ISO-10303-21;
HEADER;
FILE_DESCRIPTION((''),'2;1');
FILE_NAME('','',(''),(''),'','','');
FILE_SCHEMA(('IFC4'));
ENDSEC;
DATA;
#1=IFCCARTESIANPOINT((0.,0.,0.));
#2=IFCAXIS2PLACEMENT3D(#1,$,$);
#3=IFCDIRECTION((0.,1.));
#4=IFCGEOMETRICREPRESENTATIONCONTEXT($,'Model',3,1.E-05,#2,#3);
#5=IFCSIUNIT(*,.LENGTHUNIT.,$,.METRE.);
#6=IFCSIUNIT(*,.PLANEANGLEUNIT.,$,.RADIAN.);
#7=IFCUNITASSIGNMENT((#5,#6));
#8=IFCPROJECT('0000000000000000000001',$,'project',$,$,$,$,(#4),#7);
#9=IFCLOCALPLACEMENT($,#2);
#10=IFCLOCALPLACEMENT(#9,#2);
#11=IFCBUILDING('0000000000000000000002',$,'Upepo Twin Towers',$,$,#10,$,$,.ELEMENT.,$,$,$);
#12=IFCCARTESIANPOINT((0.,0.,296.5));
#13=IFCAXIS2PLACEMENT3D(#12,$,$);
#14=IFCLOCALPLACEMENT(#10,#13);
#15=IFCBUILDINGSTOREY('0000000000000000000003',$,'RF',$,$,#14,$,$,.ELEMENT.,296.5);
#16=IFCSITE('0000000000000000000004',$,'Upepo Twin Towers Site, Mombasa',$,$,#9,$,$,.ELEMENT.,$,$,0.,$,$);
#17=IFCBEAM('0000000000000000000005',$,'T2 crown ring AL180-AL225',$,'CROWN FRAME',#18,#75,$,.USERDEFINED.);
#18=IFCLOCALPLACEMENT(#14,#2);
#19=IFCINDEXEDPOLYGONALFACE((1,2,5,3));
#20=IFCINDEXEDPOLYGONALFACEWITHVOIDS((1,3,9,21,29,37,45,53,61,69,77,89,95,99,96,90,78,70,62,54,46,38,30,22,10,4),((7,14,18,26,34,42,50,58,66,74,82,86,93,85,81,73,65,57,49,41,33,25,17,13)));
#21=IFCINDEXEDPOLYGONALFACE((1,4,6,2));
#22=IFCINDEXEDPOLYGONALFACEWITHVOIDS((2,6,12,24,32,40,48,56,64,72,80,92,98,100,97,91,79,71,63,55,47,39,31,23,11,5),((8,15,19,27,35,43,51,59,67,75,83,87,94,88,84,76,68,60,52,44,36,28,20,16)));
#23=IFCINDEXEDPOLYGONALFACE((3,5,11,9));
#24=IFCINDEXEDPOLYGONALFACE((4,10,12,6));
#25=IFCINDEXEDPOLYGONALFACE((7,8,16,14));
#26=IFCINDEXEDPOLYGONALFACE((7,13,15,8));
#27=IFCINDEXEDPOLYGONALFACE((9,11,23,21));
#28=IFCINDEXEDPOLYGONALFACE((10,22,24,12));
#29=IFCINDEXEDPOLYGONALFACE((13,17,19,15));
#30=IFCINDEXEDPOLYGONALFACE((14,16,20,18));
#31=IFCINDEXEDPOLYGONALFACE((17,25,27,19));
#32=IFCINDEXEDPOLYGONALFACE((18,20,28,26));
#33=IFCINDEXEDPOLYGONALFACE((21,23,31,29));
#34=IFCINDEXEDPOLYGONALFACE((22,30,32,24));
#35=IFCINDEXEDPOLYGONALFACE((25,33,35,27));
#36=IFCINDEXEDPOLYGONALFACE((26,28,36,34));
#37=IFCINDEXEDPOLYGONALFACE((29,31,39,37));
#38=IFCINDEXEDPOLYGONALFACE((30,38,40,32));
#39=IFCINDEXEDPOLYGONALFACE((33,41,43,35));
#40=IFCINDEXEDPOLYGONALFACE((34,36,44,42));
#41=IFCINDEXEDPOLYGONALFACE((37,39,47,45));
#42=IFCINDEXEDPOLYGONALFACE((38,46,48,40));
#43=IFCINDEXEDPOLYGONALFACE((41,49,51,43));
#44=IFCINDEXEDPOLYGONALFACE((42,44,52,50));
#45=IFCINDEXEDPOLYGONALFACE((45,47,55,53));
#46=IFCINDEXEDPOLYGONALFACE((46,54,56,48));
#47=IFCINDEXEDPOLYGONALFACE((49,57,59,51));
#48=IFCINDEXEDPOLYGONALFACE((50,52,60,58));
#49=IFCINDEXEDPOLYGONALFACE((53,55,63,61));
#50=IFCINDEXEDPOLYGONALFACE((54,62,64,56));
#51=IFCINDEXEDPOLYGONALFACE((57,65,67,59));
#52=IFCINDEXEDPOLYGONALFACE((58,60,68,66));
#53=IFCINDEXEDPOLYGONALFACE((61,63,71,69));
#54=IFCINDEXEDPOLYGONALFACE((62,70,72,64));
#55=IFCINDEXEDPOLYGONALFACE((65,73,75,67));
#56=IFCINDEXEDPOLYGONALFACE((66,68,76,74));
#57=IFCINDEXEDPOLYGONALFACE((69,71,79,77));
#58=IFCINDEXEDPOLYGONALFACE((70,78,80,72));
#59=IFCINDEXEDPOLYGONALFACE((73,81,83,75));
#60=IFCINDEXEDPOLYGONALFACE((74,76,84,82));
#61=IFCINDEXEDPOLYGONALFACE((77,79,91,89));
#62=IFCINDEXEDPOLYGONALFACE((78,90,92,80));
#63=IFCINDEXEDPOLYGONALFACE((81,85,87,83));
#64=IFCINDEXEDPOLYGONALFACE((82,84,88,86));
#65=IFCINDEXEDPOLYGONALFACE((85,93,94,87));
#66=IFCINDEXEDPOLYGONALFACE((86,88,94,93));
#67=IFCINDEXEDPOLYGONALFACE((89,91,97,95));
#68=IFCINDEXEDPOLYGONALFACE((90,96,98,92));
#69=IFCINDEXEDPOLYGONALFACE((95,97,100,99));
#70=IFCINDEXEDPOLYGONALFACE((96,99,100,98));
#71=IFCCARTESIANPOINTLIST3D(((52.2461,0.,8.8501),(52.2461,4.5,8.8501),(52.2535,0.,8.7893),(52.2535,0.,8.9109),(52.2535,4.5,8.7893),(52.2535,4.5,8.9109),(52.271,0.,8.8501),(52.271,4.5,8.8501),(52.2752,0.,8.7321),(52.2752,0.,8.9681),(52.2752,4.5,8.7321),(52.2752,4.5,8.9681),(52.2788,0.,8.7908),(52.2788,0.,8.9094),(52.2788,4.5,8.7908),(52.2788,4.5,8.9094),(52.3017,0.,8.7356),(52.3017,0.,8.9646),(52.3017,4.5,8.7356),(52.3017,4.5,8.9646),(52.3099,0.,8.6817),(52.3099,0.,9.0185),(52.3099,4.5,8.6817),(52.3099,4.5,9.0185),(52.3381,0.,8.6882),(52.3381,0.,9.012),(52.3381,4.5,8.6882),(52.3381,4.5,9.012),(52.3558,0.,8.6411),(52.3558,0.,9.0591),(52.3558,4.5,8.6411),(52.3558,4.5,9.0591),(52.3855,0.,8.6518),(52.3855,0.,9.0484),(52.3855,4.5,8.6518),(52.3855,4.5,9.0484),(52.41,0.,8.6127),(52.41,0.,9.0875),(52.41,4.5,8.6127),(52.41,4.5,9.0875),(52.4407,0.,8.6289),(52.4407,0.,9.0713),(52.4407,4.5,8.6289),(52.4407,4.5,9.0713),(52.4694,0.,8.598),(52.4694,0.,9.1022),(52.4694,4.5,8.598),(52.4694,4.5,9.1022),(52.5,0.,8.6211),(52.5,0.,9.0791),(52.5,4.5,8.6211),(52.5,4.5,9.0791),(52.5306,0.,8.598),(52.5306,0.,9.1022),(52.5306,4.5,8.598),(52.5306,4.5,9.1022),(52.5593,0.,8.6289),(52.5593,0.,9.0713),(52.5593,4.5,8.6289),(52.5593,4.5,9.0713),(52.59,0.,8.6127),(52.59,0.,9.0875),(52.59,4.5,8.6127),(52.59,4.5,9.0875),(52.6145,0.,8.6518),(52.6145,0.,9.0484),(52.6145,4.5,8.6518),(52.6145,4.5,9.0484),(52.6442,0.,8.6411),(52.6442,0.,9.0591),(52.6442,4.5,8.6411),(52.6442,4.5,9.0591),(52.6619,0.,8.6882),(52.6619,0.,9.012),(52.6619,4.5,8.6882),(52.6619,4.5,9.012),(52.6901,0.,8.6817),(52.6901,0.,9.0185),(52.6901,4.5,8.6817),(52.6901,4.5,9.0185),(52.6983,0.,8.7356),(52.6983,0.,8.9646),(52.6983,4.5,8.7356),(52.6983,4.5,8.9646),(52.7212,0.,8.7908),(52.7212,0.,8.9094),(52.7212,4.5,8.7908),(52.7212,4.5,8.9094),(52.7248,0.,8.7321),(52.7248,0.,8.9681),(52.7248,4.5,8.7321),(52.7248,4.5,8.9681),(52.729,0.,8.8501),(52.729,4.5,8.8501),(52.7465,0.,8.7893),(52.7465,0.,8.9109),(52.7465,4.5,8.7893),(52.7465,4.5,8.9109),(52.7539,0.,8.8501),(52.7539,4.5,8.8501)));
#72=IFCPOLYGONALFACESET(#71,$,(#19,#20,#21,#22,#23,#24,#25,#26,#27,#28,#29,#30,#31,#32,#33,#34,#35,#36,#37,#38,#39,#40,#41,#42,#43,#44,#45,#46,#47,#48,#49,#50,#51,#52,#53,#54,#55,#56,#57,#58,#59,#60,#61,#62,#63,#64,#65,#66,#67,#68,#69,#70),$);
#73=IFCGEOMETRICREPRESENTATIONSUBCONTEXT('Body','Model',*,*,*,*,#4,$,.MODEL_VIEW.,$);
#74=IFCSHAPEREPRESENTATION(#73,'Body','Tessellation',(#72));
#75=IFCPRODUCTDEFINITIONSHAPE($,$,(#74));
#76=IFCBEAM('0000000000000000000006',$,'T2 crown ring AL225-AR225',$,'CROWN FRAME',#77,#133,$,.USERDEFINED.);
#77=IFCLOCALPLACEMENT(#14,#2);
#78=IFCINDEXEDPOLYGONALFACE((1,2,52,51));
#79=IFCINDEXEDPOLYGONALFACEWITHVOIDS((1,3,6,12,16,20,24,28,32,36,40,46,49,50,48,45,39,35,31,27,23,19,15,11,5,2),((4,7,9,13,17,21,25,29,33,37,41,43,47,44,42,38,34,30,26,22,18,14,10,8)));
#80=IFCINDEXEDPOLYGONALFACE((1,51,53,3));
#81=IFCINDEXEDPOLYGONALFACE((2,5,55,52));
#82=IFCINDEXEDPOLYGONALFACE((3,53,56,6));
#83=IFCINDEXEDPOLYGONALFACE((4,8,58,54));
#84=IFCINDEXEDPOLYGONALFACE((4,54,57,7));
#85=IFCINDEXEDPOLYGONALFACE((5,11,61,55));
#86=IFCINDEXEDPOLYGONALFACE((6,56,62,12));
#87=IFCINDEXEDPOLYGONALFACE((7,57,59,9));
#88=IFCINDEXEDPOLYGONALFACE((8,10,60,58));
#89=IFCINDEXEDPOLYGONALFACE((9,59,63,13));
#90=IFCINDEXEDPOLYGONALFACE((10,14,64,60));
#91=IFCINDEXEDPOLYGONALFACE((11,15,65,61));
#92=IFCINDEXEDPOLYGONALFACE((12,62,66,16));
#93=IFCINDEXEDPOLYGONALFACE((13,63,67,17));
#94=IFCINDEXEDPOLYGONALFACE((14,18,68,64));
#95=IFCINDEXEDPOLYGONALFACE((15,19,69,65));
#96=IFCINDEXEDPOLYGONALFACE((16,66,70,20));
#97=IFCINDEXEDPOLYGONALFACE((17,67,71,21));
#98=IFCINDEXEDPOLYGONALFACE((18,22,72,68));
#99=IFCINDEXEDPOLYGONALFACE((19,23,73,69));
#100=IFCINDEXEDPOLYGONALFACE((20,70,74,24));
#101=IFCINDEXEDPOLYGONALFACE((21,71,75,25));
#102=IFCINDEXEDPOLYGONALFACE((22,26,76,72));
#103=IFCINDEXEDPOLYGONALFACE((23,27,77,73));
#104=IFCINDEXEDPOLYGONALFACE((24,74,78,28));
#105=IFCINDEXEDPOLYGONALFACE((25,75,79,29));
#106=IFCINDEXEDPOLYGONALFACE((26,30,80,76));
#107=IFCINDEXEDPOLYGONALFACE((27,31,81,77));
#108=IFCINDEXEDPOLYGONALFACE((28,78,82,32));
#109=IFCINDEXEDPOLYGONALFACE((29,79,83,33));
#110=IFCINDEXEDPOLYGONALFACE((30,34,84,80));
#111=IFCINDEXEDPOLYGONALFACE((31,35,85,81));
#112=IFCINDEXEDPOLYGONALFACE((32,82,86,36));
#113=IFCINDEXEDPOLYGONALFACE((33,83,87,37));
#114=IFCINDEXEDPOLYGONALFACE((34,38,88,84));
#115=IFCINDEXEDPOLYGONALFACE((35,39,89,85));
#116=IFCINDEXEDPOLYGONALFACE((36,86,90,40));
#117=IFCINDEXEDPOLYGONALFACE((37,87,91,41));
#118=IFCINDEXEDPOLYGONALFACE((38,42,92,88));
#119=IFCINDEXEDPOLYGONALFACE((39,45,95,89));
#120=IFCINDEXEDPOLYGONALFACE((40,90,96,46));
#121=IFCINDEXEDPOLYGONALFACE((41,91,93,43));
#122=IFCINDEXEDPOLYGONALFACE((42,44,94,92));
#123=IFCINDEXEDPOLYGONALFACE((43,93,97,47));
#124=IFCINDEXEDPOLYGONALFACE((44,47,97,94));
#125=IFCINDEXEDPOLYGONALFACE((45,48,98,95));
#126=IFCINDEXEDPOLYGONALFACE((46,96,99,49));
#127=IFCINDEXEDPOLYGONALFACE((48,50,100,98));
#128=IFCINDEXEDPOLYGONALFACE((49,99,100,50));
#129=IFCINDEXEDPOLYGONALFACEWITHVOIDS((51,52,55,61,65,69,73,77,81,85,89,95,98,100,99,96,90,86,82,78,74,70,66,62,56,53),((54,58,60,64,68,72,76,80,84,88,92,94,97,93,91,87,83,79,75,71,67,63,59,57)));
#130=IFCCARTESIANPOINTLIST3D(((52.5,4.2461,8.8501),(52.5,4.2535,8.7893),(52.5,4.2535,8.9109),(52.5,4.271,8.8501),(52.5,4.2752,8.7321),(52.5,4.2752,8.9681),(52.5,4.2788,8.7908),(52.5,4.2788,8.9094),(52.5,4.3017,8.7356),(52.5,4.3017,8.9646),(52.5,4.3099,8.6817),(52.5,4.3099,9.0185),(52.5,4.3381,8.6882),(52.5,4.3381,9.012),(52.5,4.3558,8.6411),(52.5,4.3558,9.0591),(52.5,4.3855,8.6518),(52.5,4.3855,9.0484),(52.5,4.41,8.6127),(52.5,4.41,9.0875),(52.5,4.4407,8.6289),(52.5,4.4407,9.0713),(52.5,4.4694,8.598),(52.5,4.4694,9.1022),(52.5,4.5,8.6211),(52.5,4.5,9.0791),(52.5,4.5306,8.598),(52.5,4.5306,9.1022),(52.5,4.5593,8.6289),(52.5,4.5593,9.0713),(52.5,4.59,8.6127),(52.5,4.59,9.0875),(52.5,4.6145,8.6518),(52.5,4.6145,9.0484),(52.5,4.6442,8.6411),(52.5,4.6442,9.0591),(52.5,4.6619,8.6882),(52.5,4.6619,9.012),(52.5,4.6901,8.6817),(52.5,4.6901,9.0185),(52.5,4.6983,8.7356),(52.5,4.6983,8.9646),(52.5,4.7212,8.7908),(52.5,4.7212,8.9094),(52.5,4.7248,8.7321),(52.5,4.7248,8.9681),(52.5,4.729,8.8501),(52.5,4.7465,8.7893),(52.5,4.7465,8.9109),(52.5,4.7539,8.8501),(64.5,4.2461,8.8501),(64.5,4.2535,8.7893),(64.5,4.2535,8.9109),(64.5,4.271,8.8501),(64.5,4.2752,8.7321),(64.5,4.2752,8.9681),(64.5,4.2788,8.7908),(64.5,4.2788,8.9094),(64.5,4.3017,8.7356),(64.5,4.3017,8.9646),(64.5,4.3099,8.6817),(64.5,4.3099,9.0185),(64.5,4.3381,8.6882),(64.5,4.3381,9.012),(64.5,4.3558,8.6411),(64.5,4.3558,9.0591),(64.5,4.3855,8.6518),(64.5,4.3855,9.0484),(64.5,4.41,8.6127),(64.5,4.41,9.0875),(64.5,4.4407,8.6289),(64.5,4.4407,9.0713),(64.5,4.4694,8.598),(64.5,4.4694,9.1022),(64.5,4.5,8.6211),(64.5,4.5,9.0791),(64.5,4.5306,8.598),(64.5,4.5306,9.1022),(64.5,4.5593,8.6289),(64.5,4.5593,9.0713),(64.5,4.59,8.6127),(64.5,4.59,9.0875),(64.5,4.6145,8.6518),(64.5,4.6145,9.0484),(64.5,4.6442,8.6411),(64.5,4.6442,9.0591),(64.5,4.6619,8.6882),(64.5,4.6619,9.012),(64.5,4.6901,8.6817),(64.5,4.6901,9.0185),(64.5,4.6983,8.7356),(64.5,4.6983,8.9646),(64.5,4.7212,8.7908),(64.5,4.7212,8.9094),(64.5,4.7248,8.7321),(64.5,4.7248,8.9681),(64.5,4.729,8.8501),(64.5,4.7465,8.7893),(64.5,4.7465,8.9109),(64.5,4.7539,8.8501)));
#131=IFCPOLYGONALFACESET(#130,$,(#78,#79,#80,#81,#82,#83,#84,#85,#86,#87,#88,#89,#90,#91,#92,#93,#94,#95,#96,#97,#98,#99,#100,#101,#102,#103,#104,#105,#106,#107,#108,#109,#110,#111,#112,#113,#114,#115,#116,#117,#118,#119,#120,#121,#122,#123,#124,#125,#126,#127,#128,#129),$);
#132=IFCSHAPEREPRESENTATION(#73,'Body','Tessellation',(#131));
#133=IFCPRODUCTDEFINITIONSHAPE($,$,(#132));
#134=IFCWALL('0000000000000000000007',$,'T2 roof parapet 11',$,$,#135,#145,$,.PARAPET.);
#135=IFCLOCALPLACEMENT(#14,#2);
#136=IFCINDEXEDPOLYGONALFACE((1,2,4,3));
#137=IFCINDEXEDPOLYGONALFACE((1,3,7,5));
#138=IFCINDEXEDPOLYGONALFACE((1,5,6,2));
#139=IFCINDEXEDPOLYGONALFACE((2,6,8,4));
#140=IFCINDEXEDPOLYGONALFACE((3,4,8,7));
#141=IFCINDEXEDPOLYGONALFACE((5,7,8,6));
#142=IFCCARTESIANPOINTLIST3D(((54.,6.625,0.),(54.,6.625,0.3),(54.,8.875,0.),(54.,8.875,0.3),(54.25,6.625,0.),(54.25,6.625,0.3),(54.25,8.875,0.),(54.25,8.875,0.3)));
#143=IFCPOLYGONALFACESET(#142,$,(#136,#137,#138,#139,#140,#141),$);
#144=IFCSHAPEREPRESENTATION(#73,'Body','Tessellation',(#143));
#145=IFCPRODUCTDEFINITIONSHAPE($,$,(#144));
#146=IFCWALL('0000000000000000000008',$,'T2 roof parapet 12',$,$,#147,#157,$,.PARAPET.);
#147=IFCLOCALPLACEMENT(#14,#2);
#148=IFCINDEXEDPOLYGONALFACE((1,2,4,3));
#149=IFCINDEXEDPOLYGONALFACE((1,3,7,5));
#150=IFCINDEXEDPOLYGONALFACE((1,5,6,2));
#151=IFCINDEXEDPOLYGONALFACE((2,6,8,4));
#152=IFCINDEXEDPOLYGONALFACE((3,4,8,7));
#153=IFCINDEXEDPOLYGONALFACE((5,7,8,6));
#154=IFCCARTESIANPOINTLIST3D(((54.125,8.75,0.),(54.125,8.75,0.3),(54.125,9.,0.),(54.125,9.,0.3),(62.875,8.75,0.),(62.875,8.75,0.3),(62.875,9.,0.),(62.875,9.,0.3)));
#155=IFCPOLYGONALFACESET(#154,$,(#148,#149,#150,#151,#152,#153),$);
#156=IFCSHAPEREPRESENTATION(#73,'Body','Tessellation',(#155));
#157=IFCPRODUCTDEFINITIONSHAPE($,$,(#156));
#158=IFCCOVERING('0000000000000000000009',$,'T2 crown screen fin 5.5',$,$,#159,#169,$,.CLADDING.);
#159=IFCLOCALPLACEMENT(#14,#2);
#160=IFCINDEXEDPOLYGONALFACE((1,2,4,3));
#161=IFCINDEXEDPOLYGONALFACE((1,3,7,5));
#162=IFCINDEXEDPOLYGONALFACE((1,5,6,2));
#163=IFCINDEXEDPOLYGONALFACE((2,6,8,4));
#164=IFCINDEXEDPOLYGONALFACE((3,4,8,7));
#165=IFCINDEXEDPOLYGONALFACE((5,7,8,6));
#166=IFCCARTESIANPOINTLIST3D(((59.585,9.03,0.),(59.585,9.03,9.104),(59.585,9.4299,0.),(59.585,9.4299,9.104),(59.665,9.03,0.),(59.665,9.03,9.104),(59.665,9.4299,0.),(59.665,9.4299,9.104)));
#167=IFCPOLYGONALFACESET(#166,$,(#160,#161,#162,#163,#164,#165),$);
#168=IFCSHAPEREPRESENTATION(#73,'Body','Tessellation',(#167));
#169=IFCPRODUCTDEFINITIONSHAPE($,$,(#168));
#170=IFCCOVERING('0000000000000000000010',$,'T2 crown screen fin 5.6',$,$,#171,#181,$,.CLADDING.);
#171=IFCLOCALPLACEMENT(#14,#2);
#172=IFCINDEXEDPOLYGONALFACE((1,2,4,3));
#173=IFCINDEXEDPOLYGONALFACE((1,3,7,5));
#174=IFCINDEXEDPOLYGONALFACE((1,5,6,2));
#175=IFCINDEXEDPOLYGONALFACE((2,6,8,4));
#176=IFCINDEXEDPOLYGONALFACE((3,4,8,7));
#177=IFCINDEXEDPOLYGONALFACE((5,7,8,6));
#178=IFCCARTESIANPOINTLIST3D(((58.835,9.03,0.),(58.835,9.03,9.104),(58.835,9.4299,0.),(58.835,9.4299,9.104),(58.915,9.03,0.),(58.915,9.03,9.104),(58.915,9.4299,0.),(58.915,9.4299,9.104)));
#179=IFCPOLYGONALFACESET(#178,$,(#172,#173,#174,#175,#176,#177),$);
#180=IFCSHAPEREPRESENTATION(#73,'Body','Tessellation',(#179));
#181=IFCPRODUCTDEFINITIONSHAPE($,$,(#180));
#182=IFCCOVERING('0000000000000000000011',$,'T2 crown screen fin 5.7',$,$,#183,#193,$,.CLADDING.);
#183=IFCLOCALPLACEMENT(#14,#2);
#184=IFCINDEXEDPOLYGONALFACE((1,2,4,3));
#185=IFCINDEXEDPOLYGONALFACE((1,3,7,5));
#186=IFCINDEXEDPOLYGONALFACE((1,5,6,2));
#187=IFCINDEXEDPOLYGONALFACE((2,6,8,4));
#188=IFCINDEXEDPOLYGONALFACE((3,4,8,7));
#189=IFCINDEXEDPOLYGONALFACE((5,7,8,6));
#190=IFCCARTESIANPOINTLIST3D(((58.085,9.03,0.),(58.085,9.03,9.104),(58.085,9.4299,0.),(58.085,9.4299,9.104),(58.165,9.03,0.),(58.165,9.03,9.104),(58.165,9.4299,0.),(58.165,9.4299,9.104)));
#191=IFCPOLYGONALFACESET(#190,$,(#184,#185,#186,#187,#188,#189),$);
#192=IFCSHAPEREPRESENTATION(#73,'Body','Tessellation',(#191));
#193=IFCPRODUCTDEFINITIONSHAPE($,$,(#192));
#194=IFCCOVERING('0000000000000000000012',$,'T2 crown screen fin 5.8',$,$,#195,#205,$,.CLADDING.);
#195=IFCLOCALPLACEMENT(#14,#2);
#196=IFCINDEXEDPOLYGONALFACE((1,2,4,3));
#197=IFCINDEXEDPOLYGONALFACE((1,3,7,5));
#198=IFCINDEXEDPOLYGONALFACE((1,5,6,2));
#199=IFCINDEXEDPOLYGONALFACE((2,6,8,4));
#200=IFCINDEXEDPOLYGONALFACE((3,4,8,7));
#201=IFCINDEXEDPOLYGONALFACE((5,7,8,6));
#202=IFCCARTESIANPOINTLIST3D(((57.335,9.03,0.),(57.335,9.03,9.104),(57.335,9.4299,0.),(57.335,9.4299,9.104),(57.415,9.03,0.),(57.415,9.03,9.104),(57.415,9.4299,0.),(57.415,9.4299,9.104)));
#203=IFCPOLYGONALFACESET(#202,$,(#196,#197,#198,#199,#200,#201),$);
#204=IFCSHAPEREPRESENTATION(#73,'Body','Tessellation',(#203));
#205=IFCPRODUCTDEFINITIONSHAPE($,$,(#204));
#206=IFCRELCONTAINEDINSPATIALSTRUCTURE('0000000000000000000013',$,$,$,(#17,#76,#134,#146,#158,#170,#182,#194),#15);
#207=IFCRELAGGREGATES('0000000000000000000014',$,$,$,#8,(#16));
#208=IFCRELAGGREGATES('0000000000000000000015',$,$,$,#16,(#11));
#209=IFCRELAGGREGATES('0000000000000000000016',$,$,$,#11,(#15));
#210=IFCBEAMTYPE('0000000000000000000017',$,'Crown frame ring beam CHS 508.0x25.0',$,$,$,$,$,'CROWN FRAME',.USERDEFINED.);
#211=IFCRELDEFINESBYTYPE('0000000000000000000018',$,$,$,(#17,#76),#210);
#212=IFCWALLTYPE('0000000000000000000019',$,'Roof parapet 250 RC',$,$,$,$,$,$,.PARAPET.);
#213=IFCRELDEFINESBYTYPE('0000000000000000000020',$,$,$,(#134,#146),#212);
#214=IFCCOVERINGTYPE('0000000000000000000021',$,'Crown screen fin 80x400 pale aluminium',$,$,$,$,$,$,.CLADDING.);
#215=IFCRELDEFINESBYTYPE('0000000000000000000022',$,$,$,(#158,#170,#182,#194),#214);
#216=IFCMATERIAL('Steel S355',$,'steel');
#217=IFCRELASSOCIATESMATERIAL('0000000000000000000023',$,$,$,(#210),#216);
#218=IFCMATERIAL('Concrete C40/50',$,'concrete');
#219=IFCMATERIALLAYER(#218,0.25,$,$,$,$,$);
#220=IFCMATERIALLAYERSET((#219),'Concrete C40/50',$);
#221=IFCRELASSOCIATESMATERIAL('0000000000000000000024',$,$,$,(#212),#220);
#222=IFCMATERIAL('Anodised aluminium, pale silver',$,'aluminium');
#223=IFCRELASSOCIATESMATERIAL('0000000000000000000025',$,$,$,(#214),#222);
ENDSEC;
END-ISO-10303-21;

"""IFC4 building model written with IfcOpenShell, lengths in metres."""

from ifc_helpers import new_model, si_unit, direction, frame, frame_2d, origin, origin_2d, place, context, subcontext, project, spatial, rectangle, hollow_circle, extrude, material, layer, layer_set, material_profile, profile_set, type_object, element, save


model = new_model("IFC4")

# Units and contexts
model_context = context("Model", 3, precision=1e-05, world=origin(), true_north=direction((0.0, 1.0)))
body_context = subcontext(model_context, "Body", "Model", "MODEL_VIEW")
ifc_project = project(units=[si_unit("LENGTHUNIT", "METRE"), si_unit("PLANEANGLEUNIT", "RADIAN")], contexts=[model_context])

# Site, building, storey
site_placement = place(None, origin())
site = spatial("IfcSite", under=ifc_project, at=site_placement, Name="Upepo Twin Towers Site, Mombasa", CompositionType="ELEMENT", RefElevation=0.0)
building_placement = place(site_placement, origin())
building = spatial("IfcBuilding", under=site, at=building_placement, Name="Upepo Twin Towers", CompositionType="ELEMENT")
storey_placement = place(building_placement, frame((0.0, 0.0, 296.5)))
storey = spatial("IfcBuildingStorey", under=building, at=storey_placement, Name="RF", CompositionType="ELEMENT", Elevation=296.5)

# Beams
ifc_material_1 = material(Name="Steel S355", Category="steel")
ifc_material_profile_1 = material_profile(ifc_material_1, hollow_circle(Radius=0.2539, WallThickness=0.0249, at=origin_2d()), Name="CHS 508.0x25.0")
ifc_profile_set_1 = profile_set([ifc_material_profile_1], Name="Steel S355")
beam_type = type_object("IfcBeamType", Name="Crown frame ring beam CHS 508.0x25.0", ElementType="CROWN FRAME", PredefinedType="USERDEFINED", material=ifc_profile_set_1)
for number, where, z_axis, x_axis, name in (
    (1, (52.5, 0.0, 8.8501), (0.0, 1.0, 0.0), (-1.0, 0.0, 0.0), "T2 crown ring AL180-AL225"),
):
    element("IfcBeam", number, at=place(storey_placement, frame(where, z_axis=z_axis, x_axis=x_axis)), inside=storey, type_object=beam_type, Name=name, ObjectType="CROWN FRAME", PredefinedType="USERDEFINED", context=body_context, shape_type="SweptSolid", body=[
        extrude(hollow_circle(Radius=0.2539, WallThickness=0.0249, at=origin_2d()), origin(), (0.0, 0.0, 1.0), 4.5),
    ])
beam_placement = place(storey_placement, frame((52.5, 4.5, 8.8501), z_axis=(1.0, 0.0, 0.0), x_axis=(0.0, 1.0, 0.0)))
element("IfcBeam", 2, at=beam_placement, inside=storey, type_object=beam_type, Name="T2 crown ring AL225-AR225", ObjectType="CROWN FRAME", PredefinedType="USERDEFINED", context=body_context, shape_type="SweptSolid", body=[
    extrude(hollow_circle(Radius=0.2539, WallThickness=0.0249, at=origin_2d()), origin(), (0.0, 0.0, 1.0), 12.0),
])

# Walls
ifc_material_2 = material(Name="Concrete C40/50", Category="concrete")
ifc_layer_1 = layer(ifc_material_2, 0.25)
ifc_layer_set_1 = layer_set([ifc_layer_1], Name="Concrete C40/50")
wall_type = type_object("IfcWallType", Name="Roof parapet 250 RC", PredefinedType="PARAPET", material=ifc_layer_set_1)
wall_1_placement = place(storey_placement, frame((54.125, 6.625, 0.0), z_axis=(0.0, 0.0, 1.0), x_axis=(0.0, 1.0, 0.0)))
element("IfcWall", 3, at=wall_1_placement, inside=storey, type_object=wall_type, Name="T2 roof parapet 11", PredefinedType="PARAPET", context=body_context, shape_type="SweptSolid", body=[
    extrude(rectangle(XDim=2.25, YDim=0.25, at=frame_2d((1.125, 0.0))), origin(), (0.0, 0.0, 1.0), 0.3),
])
wall_2_placement = place(storey_placement, frame((54.125, 8.875, 0.0), z_axis=(0.0, 0.0, 1.0), x_axis=(1.0, 0.0, 0.0)))
element("IfcWall", 4, at=wall_2_placement, inside=storey, type_object=wall_type, Name="T2 roof parapet 12", PredefinedType="PARAPET", context=body_context, shape_type="SweptSolid", body=[
    extrude(rectangle(XDim=8.75, YDim=0.25, at=frame_2d((4.375, 0.0))), origin(), (0.0, 0.0, 1.0), 0.3),
])

# Coverings
ifc_material_3 = material(Name="Anodised aluminium, pale silver", Category="aluminium")
covering_type_1 = type_object("IfcCoveringType", Name="Crown screen fin 80x400 pale aluminium", PredefinedType="CLADDING", material=ifc_material_3)
for number, where, z_axis, x_axis, name in (
    (5, (59.625, 9.23, 0.0), (0.0, 0.0, 1.0), (-1.0, 0.0, 0.0), "T2 crown screen fin 5.5"),
    (6, (58.875, 9.23, 0.0), (0.0, 0.0, 1.0), (-1.0, 0.0, 0.0), "T2 crown screen fin 5.6"),
    (7, (58.125, 9.23, 0.0), (0.0, 0.0, 1.0), (-1.0, 0.0, 0.0), "T2 crown screen fin 5.7"),
    (8, (57.375, 9.23, 0.0), (0.0, 0.0, 1.0), (-1.0, 0.0, 0.0), "T2 crown screen fin 5.8"),
):
    element("IfcCovering", number, at=place(storey_placement, frame(where, z_axis=z_axis, x_axis=x_axis)), inside=storey, type_object=covering_type_1, Name=name, PredefinedType="CLADDING", context=body_context, shape_type="SweptSolid", body=[
        extrude(rectangle(XDim=0.0801, YDim=0.3999, at=origin_2d()), origin(), (0.0, 0.0, 1.0), 9.104),
    ])

save(model, "model.ifc")
